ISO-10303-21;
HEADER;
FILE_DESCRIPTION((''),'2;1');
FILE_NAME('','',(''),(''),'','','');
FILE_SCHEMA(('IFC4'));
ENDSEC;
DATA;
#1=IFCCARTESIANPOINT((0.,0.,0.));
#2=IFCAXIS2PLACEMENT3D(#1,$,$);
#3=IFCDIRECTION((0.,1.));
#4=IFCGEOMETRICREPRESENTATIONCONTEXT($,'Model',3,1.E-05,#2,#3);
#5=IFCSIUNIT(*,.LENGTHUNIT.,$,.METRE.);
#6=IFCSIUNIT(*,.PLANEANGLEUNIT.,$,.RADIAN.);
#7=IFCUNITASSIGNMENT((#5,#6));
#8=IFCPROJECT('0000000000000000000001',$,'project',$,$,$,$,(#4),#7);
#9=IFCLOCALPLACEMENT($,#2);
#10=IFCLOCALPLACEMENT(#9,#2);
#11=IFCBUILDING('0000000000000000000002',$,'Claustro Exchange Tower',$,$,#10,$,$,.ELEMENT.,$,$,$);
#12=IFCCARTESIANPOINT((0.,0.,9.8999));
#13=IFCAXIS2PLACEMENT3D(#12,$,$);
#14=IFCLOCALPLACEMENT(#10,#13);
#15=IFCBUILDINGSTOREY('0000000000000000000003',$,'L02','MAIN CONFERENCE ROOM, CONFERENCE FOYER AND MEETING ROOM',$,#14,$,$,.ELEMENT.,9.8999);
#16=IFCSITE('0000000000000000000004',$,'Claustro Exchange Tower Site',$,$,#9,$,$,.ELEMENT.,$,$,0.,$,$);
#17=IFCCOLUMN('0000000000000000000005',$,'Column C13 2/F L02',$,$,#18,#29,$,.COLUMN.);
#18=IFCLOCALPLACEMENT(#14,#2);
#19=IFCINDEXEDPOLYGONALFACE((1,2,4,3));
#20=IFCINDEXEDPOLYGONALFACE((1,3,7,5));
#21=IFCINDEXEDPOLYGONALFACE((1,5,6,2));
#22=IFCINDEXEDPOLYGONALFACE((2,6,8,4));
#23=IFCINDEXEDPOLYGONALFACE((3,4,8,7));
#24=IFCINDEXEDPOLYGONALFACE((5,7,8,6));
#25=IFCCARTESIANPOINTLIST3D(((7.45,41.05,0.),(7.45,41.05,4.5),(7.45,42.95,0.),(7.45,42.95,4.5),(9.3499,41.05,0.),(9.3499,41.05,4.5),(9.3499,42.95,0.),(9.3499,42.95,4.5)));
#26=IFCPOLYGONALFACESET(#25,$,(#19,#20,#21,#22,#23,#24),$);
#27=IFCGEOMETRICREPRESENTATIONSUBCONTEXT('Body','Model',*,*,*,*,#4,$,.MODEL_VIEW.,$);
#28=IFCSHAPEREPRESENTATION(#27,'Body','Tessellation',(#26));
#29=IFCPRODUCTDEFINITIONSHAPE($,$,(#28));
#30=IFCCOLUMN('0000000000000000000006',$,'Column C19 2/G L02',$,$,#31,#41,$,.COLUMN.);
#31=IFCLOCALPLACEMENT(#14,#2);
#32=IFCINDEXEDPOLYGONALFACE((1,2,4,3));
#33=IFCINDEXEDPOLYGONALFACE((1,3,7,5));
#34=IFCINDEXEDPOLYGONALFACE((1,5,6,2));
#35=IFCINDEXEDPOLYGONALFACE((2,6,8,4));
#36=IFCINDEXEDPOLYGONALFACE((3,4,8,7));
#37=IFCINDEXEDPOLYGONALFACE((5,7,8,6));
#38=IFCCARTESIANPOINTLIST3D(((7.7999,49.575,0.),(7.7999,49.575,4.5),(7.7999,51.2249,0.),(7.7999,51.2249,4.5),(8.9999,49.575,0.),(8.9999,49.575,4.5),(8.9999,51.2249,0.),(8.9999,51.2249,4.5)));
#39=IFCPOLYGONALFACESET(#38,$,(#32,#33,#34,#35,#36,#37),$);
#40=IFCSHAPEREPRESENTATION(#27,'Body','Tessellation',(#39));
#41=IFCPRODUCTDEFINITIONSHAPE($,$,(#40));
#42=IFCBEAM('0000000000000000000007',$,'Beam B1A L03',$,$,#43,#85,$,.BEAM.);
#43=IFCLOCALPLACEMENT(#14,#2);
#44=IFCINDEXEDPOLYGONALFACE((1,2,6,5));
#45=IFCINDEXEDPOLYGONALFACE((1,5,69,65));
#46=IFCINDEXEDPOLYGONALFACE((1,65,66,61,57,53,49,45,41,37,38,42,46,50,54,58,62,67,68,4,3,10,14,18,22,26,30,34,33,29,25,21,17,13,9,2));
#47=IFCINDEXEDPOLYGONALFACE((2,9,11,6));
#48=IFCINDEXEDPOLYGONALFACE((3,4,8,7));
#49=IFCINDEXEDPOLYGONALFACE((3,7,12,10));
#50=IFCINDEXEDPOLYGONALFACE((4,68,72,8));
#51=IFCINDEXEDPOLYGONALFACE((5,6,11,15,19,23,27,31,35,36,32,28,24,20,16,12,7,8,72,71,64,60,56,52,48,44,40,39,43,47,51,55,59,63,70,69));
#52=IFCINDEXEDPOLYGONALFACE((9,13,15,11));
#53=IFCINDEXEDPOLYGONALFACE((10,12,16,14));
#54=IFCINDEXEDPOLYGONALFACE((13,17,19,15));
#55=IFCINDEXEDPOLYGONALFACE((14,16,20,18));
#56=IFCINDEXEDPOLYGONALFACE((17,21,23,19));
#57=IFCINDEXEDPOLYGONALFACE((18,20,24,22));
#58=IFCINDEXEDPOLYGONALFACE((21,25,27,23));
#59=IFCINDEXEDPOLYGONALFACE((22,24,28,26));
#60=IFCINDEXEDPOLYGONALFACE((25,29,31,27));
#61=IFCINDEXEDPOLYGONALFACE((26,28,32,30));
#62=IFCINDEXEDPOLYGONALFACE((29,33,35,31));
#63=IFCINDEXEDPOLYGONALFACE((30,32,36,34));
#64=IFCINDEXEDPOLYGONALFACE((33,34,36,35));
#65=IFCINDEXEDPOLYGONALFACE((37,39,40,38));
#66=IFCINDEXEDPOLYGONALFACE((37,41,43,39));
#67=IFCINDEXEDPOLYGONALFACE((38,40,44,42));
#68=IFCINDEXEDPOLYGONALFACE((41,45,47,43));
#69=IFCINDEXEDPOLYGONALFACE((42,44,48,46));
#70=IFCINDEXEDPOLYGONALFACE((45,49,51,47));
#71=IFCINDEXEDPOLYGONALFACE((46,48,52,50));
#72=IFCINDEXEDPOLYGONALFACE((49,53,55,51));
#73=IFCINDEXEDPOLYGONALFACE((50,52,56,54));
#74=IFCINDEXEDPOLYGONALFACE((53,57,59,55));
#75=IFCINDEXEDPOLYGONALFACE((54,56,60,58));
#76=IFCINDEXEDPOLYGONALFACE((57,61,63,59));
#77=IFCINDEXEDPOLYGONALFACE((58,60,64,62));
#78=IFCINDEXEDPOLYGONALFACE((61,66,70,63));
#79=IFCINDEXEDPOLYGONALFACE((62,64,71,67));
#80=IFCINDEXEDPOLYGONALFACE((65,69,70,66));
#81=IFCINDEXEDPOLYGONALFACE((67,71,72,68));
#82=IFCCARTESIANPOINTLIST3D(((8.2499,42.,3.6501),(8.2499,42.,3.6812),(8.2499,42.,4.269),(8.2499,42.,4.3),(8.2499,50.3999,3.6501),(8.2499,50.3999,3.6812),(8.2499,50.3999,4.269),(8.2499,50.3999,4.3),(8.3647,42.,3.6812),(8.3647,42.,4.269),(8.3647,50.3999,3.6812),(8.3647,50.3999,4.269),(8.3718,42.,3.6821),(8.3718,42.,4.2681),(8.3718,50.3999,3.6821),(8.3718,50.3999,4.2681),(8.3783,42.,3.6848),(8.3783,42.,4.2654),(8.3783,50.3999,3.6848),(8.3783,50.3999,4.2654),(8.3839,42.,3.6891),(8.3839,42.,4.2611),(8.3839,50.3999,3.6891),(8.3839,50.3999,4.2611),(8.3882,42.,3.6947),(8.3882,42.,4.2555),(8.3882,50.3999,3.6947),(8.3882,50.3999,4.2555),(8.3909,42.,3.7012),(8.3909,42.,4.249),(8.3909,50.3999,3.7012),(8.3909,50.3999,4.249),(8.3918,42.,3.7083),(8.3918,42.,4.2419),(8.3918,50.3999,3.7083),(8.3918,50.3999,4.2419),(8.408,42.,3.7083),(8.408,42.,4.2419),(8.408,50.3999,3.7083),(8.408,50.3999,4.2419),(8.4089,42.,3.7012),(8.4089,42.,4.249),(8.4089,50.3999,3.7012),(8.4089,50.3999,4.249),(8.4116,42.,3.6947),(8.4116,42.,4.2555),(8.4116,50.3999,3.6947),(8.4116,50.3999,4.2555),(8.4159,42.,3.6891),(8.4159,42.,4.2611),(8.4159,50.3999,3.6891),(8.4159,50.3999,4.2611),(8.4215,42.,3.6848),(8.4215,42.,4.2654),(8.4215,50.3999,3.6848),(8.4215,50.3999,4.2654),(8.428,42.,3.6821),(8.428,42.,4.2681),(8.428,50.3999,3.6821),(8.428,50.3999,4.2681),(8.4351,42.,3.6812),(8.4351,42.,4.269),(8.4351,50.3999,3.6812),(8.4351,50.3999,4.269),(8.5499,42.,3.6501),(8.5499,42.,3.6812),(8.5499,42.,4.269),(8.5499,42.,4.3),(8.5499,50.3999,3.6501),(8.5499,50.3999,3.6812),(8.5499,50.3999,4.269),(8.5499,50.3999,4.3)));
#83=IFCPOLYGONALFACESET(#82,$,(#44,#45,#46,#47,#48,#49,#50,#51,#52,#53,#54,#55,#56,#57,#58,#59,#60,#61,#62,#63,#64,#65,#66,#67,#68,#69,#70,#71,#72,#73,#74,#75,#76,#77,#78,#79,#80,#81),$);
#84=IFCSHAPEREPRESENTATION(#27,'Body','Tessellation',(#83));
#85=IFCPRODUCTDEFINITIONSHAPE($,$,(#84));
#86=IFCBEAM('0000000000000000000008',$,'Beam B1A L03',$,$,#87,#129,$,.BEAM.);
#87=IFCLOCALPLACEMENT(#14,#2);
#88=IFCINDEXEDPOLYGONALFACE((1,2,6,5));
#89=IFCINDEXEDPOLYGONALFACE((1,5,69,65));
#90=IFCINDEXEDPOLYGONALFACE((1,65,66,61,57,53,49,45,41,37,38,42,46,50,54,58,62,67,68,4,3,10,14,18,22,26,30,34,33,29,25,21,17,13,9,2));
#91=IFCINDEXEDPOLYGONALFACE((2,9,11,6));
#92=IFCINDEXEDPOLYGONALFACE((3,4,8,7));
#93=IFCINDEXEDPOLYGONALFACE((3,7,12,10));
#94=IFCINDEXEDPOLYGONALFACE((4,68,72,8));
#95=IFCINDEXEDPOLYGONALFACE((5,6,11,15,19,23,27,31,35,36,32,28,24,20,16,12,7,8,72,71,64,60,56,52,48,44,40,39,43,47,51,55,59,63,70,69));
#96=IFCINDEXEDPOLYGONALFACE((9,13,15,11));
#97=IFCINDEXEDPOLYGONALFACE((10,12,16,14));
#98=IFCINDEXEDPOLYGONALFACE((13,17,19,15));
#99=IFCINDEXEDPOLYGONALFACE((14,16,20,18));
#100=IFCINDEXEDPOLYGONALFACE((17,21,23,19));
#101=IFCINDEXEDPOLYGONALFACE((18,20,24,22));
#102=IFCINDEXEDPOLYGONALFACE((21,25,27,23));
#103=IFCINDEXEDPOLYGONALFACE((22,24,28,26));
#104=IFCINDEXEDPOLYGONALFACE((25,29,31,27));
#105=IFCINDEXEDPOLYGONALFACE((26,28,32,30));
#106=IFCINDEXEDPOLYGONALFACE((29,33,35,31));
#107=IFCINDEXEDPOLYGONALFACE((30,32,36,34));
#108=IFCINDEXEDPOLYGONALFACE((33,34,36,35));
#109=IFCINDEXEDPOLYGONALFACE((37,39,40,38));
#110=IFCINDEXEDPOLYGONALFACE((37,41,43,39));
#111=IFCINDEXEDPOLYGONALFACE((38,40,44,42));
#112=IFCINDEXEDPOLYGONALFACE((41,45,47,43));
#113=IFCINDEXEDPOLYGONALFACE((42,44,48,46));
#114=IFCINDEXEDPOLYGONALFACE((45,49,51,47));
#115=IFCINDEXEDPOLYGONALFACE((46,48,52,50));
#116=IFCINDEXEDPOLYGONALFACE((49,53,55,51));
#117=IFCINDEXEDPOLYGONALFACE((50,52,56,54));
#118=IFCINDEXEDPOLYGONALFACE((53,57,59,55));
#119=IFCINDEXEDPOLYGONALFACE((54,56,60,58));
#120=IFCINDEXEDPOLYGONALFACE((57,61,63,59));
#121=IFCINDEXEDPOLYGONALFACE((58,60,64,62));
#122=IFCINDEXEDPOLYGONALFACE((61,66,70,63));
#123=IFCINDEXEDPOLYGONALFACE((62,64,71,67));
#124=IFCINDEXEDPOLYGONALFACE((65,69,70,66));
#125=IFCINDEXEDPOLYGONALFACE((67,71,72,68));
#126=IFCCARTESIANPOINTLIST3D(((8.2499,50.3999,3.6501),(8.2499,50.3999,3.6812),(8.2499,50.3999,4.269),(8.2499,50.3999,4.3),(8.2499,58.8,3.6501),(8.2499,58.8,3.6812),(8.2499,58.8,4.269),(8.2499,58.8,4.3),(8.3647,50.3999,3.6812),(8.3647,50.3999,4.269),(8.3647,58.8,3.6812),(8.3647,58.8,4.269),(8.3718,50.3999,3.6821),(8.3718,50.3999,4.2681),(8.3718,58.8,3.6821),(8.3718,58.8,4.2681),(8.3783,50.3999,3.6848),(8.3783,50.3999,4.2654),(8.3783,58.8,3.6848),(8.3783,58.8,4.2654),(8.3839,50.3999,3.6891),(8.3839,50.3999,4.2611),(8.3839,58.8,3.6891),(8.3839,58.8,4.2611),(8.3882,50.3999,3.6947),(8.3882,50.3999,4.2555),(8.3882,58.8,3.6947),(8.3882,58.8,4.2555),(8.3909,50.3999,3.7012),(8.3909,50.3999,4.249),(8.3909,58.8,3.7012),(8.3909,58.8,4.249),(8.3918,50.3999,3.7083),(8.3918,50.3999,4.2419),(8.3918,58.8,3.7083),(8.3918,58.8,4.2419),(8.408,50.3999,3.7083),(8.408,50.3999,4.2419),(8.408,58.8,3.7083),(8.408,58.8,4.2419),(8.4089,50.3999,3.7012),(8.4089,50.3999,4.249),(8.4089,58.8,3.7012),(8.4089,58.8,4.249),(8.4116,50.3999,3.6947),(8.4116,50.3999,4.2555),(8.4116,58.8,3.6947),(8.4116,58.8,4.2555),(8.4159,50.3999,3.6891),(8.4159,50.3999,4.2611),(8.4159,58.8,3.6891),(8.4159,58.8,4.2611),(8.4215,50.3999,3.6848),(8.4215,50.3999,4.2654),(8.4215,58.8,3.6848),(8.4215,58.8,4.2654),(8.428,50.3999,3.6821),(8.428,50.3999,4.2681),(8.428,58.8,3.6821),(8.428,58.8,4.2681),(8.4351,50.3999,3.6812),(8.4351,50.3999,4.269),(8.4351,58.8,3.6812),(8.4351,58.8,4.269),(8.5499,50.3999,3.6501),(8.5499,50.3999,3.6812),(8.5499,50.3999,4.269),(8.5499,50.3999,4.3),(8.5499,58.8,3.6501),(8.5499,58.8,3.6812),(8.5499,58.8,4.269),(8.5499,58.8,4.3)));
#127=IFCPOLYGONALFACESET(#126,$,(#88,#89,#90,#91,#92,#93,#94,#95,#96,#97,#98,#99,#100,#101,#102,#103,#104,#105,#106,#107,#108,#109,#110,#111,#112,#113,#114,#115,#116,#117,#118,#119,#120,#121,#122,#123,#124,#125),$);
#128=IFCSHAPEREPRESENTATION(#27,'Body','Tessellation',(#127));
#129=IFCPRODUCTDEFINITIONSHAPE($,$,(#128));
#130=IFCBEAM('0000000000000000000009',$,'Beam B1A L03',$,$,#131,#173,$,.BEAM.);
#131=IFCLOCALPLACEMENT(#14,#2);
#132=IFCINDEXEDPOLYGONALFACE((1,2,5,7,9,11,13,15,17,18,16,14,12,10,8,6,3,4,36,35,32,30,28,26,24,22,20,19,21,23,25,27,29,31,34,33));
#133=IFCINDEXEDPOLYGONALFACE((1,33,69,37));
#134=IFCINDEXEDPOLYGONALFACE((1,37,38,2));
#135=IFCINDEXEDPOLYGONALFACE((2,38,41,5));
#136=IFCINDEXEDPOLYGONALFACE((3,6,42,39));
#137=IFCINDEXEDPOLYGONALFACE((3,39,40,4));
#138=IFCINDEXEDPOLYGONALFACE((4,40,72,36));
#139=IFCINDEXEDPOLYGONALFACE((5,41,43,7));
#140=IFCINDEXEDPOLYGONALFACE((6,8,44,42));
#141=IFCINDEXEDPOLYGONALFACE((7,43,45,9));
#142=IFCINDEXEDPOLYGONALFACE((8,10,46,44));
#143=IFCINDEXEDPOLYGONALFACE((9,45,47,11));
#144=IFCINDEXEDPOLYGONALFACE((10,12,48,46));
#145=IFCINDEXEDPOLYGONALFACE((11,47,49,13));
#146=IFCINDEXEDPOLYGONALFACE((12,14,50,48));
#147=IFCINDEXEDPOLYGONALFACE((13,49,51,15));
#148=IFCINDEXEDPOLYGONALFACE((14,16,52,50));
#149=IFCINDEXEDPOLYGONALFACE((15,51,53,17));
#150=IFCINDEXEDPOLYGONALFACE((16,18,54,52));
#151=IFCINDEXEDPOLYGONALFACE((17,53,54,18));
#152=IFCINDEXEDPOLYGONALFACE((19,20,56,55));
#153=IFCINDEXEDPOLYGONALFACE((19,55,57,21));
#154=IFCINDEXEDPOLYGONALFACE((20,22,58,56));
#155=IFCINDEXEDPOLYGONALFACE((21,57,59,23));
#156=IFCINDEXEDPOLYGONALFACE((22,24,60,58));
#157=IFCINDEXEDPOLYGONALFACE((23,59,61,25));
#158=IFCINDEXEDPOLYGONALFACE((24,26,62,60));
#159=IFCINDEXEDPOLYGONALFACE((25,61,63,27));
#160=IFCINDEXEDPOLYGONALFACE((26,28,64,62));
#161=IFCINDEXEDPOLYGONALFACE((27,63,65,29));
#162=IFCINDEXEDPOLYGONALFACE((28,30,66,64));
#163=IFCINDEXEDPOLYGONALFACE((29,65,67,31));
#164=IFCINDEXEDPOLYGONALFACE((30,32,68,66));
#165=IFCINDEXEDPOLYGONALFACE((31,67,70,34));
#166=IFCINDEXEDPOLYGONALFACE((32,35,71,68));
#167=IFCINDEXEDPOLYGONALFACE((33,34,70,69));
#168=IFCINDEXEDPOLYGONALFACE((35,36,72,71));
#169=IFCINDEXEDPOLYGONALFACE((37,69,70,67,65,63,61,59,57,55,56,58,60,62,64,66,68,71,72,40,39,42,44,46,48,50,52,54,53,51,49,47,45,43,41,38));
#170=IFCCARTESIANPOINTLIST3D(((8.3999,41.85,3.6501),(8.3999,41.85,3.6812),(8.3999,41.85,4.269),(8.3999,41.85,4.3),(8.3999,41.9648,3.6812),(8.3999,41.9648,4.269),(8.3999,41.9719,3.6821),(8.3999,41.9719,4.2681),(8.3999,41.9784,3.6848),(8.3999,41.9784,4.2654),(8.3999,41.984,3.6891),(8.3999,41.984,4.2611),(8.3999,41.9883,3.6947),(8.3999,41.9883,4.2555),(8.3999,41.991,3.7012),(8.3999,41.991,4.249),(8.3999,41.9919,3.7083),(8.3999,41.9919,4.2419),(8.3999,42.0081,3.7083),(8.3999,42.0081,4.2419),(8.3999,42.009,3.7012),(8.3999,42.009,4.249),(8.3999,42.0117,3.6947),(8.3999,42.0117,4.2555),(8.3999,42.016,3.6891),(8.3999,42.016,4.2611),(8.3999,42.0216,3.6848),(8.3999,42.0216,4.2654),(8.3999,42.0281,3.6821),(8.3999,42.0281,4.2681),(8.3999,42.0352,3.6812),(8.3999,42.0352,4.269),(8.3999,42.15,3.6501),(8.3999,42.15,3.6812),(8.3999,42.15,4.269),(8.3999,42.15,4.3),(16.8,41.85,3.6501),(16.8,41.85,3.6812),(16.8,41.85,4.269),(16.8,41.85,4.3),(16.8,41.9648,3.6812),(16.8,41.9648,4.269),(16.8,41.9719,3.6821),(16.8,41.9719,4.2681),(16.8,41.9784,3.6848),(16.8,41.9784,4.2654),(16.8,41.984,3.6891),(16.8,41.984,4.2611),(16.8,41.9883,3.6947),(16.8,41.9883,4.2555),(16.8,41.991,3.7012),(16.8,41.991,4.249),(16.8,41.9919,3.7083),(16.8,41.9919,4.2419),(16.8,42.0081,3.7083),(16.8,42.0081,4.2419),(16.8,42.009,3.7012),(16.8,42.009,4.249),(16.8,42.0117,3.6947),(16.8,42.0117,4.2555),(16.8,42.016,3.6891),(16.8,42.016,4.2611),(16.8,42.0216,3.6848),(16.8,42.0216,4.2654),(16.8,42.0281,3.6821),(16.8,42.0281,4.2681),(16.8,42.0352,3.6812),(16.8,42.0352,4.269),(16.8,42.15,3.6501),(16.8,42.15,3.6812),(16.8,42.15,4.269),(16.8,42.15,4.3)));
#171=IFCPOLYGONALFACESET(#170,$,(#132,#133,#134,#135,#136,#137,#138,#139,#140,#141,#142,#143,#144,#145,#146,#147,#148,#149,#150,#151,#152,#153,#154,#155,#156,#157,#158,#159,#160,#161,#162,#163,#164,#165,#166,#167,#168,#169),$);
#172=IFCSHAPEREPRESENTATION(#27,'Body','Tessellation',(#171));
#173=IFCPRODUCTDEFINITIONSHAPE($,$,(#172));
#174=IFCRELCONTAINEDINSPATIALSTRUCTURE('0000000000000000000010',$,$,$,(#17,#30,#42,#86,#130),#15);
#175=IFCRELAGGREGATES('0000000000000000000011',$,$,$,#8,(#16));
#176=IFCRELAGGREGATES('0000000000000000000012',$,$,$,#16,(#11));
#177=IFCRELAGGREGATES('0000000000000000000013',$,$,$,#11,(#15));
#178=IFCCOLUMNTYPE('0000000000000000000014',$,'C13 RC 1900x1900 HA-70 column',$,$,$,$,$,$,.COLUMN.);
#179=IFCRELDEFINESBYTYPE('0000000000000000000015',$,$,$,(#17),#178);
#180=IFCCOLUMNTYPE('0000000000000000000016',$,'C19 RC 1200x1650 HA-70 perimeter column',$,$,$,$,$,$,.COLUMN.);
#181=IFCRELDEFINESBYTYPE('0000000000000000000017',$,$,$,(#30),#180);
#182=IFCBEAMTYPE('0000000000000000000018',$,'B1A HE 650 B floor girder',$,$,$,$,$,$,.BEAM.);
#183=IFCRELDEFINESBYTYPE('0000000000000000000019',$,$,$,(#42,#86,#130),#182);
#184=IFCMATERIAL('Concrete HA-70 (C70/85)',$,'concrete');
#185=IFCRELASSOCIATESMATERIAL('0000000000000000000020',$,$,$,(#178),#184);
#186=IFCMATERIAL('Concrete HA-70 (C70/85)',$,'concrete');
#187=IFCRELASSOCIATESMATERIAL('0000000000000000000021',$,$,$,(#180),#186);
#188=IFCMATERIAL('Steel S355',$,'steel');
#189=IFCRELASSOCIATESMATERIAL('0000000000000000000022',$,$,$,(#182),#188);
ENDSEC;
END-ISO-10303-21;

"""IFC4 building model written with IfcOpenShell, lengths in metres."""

from ifc_helpers import new_model, si_unit, direction, frame, origin, origin_2d, place, context, subcontext, project, spatial, rectangle, i_section, extrude, material, material_profile, profile_set, type_object, element, save


model = new_model("IFC4")

# Units and contexts
model_context = context("Model", 3, precision=1e-05, world=origin(), true_north=direction((0.0, 1.0)))
body_context = subcontext(model_context, "Body", "Model", "MODEL_VIEW")
ifc_project = project(units=[si_unit("LENGTHUNIT", "METRE"), si_unit("PLANEANGLEUNIT", "RADIAN")], contexts=[model_context])

# Site, building, storey
site_placement = place(None, origin())
site = spatial("IfcSite", under=ifc_project, at=site_placement, Name="Claustro Exchange Tower Site", CompositionType="ELEMENT", RefElevation=0.0)
building_placement = place(site_placement, origin())
building = spatial("IfcBuilding", under=site, at=building_placement, Name="Claustro Exchange Tower", CompositionType="ELEMENT")
storey_placement = place(building_placement, frame((0.0, 0.0, 9.8999)))
storey = spatial("IfcBuildingStorey", under=building, at=storey_placement, Name="L02", Description="MAIN CONFERENCE ROOM, CONFERENCE FOYER AND MEETING ROOM", CompositionType="ELEMENT", Elevation=9.8999)

# Columns
ifc_material_1 = material(Name="Concrete HA-70 (C70/85)", Category="concrete")
ifc_material_profile_1 = material_profile(ifc_material_1, rectangle(XDim=1.8999, YDim=1.8999, at=origin_2d()), Name="RC 1900x1900")
ifc_profile_set_1 = profile_set([ifc_material_profile_1], Name="Concrete HA-70 (C70/85)")
column_type_1 = type_object("IfcColumnType", Name="C13 RC 1900x1900 HA-70 column", PredefinedType="COLUMN", material=ifc_profile_set_1)
column_1_placement = place(storey_placement, frame((8.3999, 42.0, 0.0), z_axis=(0.0, 0.0, 1.0), x_axis=(1.0, 0.0, 0.0)))
element("IfcColumn", 1, at=column_1_placement, inside=storey, type_object=column_type_1, Name="Column C13 2/F L02", PredefinedType="COLUMN", context=body_context, shape_type="SweptSolid", body=[
    extrude(rectangle(XDim=1.8999, YDim=1.8999, at=origin_2d()), origin(), (0.0, 0.0, 1.0), 4.5),
])
ifc_material_2 = material(Name="Concrete HA-70 (C70/85)", Category="concrete")
ifc_material_profile_2 = material_profile(ifc_material_2, rectangle(XDim=1.2, YDim=1.6499, at=origin_2d()), Name="RC 1200x1650")
ifc_profile_set_2 = profile_set([ifc_material_profile_2], Name="Concrete HA-70 (C70/85)")
column_type_2 = type_object("IfcColumnType", Name="C19 RC 1200x1650 HA-70 perimeter column", PredefinedType="COLUMN", material=ifc_profile_set_2)
column_2_placement = place(storey_placement, frame((8.3999, 50.3999, 0.0), z_axis=(0.0, 0.0, 1.0), x_axis=(1.0, 0.0, 0.0)))
element("IfcColumn", 2, at=column_2_placement, inside=storey, type_object=column_type_2, Name="Column C19 2/G L02", PredefinedType="COLUMN", context=body_context, shape_type="SweptSolid", body=[
    extrude(rectangle(XDim=1.2, YDim=1.6499, at=origin_2d()), origin(), (0.0, 0.0, 1.0), 4.5),
])

# Beams
ifc_material_3 = material(Name="Steel S355", Category="steel")
ifc_material_profile_3 = material_profile(ifc_material_3, i_section(OverallWidth=0.3, OverallDepth=0.6499, WebThickness=0.0161, FlangeThickness=0.031, FilletRadius=0.0271, at=origin_2d()), Name="HE 650 B")
ifc_profile_set_3 = profile_set([ifc_material_profile_3], Name="Steel S355")
beam_type_1 = type_object("IfcBeamType", Name="B1A HE 650 B floor girder", PredefinedType="BEAM", material=ifc_profile_set_3)
beam_1_placement = place(storey_placement, frame((8.3999, 42.0, 3.9751), z_axis=(0.0, 1.0, 0.0), x_axis=(-1.0, 0.0, 0.0)))
element("IfcBeam", 3, at=beam_1_placement, inside=storey, type_object=beam_type_1, Name="Beam B1A L03", PredefinedType="BEAM", context=body_context, shape_type="SweptSolid", body=[
    extrude(i_section(OverallWidth=0.3, OverallDepth=0.6499, WebThickness=0.0161, FlangeThickness=0.031, FilletRadius=0.0271, at=origin_2d()), origin(), (0.0, 0.0, 1.0), 8.3999),
])
for number, where, z_axis, x_axis, name in (
    (4, (8.3999, 50.3999, 3.9751), (0.0, 1.0, 0.0), (-1.0, 0.0, 0.0), "Beam B1A L03"),
    (5, (8.3999, 42.0, 3.9751), (1.0, 0.0, 0.0), (0.0, 1.0, 0.0), "Beam B1A L03"),
):
    element("IfcBeam", number, at=place(storey_placement, frame(where, z_axis=z_axis, x_axis=x_axis)), inside=storey, type_object=beam_type_1, Name=name, PredefinedType="BEAM", context=body_context, shape_type="SweptSolid", body=[
        extrude(i_section(OverallWidth=0.3, OverallDepth=0.6499, WebThickness=0.0161, FlangeThickness=0.031, FilletRadius=0.0271, at=origin_2d()), origin(), (0.0, 0.0, 1.0), 8.4001),
    ])

save(model, "model.ifc")
